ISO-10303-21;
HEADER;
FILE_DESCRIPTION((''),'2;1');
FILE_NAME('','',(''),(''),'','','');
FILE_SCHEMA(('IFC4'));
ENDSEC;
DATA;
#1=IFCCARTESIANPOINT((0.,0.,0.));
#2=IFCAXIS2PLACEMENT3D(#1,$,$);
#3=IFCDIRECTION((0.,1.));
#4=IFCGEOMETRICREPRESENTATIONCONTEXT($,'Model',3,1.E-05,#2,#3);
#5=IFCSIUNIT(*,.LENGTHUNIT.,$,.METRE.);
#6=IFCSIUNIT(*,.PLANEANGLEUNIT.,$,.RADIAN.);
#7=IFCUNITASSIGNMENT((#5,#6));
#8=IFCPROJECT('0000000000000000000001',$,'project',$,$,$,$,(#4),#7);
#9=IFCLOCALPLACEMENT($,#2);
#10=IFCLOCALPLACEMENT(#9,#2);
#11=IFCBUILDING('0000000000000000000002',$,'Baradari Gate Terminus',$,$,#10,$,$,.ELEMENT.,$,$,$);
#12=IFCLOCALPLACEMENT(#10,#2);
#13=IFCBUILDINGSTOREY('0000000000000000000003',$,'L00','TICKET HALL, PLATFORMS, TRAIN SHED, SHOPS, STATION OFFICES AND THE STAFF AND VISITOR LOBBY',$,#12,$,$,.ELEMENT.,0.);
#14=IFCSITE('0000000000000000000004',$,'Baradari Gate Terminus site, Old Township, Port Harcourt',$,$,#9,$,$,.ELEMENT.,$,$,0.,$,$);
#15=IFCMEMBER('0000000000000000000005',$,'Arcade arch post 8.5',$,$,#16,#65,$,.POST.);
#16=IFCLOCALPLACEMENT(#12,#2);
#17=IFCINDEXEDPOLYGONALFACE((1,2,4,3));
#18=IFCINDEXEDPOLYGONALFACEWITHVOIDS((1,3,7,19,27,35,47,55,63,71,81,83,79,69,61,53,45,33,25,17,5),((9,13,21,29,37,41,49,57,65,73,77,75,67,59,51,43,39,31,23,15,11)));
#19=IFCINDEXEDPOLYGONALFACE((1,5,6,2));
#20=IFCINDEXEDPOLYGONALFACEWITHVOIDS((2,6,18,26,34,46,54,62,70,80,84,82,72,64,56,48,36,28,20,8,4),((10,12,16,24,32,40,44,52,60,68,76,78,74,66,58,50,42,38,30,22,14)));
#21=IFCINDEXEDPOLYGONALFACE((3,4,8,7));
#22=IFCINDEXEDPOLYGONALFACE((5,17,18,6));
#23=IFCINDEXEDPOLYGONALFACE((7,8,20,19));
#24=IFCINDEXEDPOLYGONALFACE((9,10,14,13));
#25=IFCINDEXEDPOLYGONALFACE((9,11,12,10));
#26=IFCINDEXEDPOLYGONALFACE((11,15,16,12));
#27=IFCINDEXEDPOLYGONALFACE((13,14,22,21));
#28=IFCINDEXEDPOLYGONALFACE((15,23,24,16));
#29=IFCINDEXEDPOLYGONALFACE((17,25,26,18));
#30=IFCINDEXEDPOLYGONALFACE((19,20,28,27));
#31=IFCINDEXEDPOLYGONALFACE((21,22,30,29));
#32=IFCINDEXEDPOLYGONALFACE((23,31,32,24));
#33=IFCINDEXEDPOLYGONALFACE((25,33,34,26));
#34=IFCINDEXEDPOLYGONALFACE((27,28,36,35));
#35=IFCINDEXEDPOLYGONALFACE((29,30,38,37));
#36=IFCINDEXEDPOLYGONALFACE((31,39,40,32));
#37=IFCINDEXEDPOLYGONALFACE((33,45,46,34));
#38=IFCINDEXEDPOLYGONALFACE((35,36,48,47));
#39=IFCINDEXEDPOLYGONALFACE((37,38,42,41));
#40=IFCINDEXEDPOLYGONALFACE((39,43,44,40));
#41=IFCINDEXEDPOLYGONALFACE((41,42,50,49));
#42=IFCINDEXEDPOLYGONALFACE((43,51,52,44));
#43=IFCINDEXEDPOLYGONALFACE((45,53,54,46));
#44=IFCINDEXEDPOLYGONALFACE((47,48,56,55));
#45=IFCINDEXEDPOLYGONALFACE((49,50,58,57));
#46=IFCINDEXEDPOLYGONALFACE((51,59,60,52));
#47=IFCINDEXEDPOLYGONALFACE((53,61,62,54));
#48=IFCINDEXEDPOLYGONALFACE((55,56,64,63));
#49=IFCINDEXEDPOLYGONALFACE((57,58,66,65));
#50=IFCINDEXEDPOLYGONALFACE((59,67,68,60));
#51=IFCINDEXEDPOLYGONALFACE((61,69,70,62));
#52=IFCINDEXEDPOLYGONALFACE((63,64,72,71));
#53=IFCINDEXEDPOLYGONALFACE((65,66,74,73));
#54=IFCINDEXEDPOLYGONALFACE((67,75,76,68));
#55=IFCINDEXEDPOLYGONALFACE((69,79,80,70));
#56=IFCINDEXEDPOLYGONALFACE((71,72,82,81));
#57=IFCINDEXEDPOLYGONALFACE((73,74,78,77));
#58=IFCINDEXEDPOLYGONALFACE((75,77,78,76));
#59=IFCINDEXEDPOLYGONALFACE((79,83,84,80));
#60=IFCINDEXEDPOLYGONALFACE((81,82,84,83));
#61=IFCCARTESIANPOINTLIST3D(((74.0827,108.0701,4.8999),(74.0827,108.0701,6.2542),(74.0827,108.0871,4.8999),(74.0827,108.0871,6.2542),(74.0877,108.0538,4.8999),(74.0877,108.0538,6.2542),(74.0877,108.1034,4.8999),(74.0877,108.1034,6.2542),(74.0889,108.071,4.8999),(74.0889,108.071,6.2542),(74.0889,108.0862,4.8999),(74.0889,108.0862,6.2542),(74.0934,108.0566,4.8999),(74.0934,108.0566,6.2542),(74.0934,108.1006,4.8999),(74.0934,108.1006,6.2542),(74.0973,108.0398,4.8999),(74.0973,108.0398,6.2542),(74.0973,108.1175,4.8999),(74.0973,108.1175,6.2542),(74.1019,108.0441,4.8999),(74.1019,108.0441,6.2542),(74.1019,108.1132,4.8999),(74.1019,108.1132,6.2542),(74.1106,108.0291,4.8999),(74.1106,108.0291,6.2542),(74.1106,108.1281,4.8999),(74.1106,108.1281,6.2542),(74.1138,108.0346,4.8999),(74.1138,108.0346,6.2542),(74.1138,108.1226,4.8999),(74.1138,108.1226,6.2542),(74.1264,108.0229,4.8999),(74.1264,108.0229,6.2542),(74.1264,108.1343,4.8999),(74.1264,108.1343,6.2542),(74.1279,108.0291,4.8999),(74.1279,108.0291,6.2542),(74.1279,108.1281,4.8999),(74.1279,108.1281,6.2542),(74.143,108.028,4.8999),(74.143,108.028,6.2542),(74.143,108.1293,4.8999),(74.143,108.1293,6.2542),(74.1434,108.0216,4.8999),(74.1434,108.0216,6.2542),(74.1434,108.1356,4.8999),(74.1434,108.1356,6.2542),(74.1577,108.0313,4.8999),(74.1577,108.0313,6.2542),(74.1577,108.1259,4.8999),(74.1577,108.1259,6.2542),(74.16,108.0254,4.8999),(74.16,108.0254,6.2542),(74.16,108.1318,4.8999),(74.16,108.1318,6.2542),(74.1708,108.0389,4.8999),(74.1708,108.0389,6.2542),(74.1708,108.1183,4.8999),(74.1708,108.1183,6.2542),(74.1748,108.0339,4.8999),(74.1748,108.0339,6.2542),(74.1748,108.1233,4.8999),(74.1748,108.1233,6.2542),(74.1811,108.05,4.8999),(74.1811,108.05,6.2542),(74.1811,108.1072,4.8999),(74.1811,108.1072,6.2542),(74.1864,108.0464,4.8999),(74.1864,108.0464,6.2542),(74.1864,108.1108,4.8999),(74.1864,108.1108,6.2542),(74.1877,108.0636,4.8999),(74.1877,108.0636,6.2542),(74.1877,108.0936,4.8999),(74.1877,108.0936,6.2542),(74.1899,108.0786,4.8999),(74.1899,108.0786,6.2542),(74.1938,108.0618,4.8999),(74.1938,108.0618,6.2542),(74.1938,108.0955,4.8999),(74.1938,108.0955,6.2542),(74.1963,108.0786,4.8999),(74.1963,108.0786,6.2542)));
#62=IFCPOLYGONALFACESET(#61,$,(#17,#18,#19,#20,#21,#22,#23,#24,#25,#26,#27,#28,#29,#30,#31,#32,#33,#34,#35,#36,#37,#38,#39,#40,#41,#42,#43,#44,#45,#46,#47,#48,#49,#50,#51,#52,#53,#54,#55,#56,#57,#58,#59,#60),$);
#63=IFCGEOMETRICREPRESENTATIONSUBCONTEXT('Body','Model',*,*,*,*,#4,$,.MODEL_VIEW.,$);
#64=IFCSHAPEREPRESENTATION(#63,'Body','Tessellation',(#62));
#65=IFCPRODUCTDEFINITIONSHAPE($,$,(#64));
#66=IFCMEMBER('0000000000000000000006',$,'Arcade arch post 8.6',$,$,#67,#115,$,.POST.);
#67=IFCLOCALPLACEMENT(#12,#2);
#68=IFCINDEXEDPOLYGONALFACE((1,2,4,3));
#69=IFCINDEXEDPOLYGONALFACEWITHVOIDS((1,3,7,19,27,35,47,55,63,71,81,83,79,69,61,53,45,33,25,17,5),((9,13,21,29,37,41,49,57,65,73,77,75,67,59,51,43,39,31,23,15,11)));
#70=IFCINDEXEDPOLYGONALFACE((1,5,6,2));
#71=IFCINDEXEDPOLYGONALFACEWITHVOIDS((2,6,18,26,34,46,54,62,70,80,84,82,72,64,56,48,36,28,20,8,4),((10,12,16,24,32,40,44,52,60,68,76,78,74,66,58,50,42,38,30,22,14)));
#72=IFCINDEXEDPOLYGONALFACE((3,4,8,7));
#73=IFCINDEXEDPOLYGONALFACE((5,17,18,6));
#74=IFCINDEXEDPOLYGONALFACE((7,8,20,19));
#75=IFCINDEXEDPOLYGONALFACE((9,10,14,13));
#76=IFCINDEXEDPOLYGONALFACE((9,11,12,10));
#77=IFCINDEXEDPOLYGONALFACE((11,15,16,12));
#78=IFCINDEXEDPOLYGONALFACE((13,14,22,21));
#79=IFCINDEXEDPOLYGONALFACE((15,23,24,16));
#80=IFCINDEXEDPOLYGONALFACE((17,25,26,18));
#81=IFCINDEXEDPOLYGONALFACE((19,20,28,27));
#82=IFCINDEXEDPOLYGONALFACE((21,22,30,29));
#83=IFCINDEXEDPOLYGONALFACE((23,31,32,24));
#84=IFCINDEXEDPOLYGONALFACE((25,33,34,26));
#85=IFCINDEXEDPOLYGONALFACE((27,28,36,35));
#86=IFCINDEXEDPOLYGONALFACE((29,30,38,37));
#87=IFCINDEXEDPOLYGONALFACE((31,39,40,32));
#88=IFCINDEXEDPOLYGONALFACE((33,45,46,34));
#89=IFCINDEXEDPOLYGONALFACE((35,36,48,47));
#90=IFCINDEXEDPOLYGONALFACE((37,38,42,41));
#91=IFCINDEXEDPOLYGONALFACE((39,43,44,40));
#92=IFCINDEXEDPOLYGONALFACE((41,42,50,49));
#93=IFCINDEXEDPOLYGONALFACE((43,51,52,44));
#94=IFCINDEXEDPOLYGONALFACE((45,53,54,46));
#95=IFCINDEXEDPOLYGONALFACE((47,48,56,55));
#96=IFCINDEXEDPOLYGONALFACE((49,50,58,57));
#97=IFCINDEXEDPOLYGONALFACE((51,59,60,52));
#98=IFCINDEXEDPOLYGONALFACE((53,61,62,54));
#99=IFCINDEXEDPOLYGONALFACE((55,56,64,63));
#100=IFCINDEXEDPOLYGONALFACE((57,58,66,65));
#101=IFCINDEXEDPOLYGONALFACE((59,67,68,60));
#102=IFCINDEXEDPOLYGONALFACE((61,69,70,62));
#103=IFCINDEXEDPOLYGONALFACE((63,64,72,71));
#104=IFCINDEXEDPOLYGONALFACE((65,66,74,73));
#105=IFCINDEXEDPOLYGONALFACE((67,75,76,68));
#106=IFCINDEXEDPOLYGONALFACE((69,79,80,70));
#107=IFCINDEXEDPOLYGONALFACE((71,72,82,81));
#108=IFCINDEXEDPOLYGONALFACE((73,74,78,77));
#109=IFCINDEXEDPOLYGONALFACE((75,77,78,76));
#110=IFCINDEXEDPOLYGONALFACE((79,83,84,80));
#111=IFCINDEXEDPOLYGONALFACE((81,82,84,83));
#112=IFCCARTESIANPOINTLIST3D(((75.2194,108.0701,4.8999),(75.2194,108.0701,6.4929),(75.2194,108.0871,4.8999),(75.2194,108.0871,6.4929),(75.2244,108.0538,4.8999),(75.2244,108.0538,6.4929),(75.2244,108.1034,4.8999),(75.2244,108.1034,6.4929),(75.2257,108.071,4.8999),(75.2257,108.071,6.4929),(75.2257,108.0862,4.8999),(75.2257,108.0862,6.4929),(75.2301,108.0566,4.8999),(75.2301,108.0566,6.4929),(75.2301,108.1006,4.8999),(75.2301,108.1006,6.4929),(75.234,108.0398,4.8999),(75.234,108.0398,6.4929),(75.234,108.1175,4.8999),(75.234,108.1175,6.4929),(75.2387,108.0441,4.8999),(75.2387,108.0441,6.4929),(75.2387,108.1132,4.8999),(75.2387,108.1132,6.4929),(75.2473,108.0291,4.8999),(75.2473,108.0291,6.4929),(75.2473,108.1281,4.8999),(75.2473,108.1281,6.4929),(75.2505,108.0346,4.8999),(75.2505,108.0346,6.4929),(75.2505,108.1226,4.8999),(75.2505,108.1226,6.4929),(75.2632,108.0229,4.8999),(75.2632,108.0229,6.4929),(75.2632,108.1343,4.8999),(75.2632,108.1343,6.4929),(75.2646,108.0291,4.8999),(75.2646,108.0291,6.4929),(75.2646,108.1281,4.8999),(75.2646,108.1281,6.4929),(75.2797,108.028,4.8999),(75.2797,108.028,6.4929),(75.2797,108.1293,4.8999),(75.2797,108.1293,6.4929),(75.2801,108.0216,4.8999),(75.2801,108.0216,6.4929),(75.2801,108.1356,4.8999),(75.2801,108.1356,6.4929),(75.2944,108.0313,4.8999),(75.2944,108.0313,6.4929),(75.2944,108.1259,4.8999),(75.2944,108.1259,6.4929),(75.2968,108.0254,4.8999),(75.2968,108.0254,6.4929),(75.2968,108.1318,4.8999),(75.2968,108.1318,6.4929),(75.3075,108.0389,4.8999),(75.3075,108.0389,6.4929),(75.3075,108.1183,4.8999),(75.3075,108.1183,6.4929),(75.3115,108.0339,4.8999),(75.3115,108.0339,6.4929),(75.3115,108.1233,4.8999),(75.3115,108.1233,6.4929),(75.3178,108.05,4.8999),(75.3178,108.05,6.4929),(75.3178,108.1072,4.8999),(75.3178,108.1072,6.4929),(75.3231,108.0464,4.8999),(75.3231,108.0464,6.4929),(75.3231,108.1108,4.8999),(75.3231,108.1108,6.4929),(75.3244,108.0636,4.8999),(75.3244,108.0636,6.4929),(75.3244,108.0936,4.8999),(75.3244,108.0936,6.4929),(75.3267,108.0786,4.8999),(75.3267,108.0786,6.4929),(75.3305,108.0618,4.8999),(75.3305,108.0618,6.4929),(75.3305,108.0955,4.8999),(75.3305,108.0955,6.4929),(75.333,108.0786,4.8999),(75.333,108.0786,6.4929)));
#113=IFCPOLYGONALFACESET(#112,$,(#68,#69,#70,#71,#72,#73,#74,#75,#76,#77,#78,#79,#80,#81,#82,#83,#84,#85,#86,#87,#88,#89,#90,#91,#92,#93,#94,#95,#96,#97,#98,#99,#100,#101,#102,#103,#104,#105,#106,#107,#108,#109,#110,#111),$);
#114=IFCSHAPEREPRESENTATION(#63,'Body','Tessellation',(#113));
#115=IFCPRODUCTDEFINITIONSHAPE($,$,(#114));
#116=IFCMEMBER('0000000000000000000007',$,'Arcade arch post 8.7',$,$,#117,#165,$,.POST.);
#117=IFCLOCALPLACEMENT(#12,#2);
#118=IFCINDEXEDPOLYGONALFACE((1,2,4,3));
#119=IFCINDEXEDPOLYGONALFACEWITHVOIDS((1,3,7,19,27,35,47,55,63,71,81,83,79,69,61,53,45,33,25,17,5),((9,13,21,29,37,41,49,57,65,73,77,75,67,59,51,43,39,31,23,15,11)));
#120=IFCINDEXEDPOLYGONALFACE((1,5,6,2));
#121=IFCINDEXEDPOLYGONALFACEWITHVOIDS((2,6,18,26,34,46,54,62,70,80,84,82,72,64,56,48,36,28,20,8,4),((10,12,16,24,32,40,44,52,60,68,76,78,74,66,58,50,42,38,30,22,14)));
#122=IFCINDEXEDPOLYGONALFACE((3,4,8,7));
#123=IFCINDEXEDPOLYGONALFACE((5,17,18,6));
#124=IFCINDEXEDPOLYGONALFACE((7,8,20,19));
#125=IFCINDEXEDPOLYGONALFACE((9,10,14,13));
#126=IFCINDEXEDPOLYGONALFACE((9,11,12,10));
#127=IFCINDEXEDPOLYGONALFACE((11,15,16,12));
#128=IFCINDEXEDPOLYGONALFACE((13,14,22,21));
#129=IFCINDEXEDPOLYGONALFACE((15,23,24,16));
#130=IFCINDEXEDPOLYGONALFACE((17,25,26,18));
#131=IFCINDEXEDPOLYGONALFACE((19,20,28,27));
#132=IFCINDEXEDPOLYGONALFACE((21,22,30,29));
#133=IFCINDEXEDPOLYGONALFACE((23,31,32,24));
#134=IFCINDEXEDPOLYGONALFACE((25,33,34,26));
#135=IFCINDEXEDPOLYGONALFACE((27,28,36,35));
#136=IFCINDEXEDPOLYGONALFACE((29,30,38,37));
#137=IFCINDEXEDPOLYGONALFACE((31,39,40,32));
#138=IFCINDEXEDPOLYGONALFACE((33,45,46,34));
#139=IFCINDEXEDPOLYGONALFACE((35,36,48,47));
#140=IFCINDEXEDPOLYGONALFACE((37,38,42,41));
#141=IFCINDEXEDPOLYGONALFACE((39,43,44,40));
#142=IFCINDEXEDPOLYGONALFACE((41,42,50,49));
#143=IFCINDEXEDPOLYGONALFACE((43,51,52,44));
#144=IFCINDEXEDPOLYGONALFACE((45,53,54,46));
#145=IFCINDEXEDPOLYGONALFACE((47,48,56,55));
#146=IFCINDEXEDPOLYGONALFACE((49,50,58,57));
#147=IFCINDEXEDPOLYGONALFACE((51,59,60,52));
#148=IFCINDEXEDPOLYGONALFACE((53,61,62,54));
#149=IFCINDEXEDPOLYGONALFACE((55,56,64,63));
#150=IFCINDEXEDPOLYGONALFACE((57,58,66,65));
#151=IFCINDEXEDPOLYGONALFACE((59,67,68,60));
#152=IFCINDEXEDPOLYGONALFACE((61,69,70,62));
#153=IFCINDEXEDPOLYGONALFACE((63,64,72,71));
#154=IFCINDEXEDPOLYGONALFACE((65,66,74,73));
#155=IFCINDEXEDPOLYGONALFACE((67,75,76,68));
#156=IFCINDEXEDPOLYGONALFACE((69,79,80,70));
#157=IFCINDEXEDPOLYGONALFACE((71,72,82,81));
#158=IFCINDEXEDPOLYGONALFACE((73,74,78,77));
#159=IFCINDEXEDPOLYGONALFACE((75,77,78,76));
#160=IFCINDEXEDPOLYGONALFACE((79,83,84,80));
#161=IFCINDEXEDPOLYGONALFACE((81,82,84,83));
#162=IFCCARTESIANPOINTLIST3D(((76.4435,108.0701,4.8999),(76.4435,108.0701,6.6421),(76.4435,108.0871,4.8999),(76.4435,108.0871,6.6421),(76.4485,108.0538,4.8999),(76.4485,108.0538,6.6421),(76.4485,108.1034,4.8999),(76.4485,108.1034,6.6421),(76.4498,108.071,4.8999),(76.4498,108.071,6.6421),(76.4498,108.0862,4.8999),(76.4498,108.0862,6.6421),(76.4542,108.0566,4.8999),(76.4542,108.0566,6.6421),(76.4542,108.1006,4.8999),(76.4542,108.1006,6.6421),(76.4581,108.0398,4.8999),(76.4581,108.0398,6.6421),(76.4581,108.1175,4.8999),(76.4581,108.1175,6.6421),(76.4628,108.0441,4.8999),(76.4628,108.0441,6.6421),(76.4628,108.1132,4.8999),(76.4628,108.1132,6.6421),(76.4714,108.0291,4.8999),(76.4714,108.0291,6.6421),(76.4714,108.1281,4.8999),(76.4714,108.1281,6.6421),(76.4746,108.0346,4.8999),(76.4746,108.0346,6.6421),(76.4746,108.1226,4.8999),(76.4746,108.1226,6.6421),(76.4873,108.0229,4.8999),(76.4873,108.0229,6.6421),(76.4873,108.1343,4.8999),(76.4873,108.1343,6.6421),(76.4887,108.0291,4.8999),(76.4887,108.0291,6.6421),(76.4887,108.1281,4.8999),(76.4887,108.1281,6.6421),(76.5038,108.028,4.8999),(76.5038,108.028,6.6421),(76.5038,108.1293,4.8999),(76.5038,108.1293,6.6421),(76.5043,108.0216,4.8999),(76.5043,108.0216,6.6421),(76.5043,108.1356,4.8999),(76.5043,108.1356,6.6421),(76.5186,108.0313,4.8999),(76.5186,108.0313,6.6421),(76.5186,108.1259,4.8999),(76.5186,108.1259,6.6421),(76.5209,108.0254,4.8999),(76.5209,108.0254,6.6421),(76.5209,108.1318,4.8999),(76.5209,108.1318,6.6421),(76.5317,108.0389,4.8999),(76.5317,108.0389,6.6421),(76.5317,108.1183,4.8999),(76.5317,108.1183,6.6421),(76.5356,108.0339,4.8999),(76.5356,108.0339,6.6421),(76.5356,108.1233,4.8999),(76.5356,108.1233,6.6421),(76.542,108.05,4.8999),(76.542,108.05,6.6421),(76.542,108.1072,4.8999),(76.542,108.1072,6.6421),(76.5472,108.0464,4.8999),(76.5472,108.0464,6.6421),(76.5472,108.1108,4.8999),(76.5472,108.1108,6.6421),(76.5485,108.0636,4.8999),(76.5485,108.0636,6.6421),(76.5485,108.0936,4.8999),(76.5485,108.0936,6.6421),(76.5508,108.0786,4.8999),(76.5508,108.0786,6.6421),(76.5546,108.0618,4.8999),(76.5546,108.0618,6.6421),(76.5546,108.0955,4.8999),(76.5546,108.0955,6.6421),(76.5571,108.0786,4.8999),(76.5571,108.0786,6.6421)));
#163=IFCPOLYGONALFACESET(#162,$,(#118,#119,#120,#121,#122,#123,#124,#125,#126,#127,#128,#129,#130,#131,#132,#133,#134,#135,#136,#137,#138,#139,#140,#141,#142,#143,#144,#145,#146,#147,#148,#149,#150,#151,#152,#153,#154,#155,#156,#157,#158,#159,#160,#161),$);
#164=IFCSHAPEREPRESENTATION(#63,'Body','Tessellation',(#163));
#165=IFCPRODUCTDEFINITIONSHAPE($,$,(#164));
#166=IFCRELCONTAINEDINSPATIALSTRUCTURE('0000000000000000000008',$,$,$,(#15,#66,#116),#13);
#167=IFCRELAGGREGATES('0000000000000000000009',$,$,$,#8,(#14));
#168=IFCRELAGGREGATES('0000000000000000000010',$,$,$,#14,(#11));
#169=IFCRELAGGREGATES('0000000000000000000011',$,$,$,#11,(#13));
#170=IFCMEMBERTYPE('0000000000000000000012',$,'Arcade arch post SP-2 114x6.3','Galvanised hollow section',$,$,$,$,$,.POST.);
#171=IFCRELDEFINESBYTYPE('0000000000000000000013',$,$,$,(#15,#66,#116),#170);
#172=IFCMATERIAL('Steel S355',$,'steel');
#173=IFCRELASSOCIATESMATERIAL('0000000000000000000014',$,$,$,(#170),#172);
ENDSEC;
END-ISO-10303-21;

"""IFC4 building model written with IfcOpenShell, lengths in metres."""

from ifc_helpers import new_model, si_unit, direction, frame, origin, origin_2d, place, context, subcontext, project, spatial, hollow_circle, extrude, material, material_profile, profile_set, type_object, element, save


model = new_model("IFC4")

# Units and contexts
model_context = context("Model", 3, precision=1e-05, world=origin(), true_north=direction((0.0, 1.0)))
body_context = subcontext(model_context, "Body", "Model", "MODEL_VIEW")
ifc_project = project(units=[si_unit("LENGTHUNIT", "METRE"), si_unit("PLANEANGLEUNIT", "RADIAN")], contexts=[model_context])

# Site, building, storey
site_placement = place(None, origin())
site = spatial("IfcSite", under=ifc_project, at=site_placement, Name="Baradari Gate Terminus site, Old Township, Port Harcourt", CompositionType="ELEMENT", RefElevation=0.0)
building_placement = place(site_placement, origin())
building = spatial("IfcBuilding", under=site, at=building_placement, Name="Baradari Gate Terminus", CompositionType="ELEMENT")
storey_placement = place(building_placement, origin())
storey = spatial("IfcBuildingStorey", under=building, at=storey_placement, Name="L00", Description="TICKET HALL, PLATFORMS, TRAIN SHED, SHOPS, STATION OFFICES AND THE STAFF AND VISITOR LOBBY", CompositionType="ELEMENT", Elevation=0.0)

# Members
ifc_material_1 = material(Name="Steel S355", Category="steel")
ifc_material_profile_1 = material_profile(ifc_material_1, hollow_circle(Radius=0.0571, WallThickness=0.0063, at=origin_2d()), Name="CHS 114.3x6.3")
ifc_profile_set_1 = profile_set([ifc_material_profile_1], Name="Steel S355")
member_type = type_object("IfcMemberType", Name="Arcade arch post SP-2 114x6.3", Description="Galvanised hollow section", PredefinedType="POST", material=ifc_profile_set_1)
member_1_placement = place(storey_placement, frame((74.1392, 108.0786, 4.8999), z_axis=(0.0, 0.0, 1.0), x_axis=(1.0, 0.0, 0.0)))
element("IfcMember", 1, at=member_1_placement, inside=storey, type_object=member_type, Name="Arcade arch post 8.5", PredefinedType="POST", context=body_context, shape_type="SweptSolid", body=[
    extrude(hollow_circle(Radius=0.0571, WallThickness=0.0063, at=origin_2d()), origin(), (0.0, 0.0, 1.0), 1.3542),
])
member_2_placement = place(storey_placement, frame((75.2759, 108.0786, 4.8999), z_axis=(0.0, 0.0, 1.0), x_axis=(1.0, 0.0, 0.0)))
element("IfcMember", 2, at=member_2_placement, inside=storey, type_object=member_type, Name="Arcade arch post 8.6", PredefinedType="POST", context=body_context, shape_type="SweptSolid", body=[
    extrude(hollow_circle(Radius=0.0571, WallThickness=0.0063, at=origin_2d()), origin(), (0.0, 0.0, 1.0), 1.593),
])
member_3_placement = place(storey_placement, frame((76.5, 108.0786, 4.8999), z_axis=(0.0, 0.0, 1.0), x_axis=(1.0, 0.0, 0.0)))
element("IfcMember", 3, at=member_3_placement, inside=storey, type_object=member_type, Name="Arcade arch post 8.7", PredefinedType="POST", context=body_context, shape_type="SweptSolid", body=[
    extrude(hollow_circle(Radius=0.0571, WallThickness=0.0063, at=origin_2d()), origin(), (0.0, 0.0, 1.0), 1.7422),
])

save(model, "model.ifc")
